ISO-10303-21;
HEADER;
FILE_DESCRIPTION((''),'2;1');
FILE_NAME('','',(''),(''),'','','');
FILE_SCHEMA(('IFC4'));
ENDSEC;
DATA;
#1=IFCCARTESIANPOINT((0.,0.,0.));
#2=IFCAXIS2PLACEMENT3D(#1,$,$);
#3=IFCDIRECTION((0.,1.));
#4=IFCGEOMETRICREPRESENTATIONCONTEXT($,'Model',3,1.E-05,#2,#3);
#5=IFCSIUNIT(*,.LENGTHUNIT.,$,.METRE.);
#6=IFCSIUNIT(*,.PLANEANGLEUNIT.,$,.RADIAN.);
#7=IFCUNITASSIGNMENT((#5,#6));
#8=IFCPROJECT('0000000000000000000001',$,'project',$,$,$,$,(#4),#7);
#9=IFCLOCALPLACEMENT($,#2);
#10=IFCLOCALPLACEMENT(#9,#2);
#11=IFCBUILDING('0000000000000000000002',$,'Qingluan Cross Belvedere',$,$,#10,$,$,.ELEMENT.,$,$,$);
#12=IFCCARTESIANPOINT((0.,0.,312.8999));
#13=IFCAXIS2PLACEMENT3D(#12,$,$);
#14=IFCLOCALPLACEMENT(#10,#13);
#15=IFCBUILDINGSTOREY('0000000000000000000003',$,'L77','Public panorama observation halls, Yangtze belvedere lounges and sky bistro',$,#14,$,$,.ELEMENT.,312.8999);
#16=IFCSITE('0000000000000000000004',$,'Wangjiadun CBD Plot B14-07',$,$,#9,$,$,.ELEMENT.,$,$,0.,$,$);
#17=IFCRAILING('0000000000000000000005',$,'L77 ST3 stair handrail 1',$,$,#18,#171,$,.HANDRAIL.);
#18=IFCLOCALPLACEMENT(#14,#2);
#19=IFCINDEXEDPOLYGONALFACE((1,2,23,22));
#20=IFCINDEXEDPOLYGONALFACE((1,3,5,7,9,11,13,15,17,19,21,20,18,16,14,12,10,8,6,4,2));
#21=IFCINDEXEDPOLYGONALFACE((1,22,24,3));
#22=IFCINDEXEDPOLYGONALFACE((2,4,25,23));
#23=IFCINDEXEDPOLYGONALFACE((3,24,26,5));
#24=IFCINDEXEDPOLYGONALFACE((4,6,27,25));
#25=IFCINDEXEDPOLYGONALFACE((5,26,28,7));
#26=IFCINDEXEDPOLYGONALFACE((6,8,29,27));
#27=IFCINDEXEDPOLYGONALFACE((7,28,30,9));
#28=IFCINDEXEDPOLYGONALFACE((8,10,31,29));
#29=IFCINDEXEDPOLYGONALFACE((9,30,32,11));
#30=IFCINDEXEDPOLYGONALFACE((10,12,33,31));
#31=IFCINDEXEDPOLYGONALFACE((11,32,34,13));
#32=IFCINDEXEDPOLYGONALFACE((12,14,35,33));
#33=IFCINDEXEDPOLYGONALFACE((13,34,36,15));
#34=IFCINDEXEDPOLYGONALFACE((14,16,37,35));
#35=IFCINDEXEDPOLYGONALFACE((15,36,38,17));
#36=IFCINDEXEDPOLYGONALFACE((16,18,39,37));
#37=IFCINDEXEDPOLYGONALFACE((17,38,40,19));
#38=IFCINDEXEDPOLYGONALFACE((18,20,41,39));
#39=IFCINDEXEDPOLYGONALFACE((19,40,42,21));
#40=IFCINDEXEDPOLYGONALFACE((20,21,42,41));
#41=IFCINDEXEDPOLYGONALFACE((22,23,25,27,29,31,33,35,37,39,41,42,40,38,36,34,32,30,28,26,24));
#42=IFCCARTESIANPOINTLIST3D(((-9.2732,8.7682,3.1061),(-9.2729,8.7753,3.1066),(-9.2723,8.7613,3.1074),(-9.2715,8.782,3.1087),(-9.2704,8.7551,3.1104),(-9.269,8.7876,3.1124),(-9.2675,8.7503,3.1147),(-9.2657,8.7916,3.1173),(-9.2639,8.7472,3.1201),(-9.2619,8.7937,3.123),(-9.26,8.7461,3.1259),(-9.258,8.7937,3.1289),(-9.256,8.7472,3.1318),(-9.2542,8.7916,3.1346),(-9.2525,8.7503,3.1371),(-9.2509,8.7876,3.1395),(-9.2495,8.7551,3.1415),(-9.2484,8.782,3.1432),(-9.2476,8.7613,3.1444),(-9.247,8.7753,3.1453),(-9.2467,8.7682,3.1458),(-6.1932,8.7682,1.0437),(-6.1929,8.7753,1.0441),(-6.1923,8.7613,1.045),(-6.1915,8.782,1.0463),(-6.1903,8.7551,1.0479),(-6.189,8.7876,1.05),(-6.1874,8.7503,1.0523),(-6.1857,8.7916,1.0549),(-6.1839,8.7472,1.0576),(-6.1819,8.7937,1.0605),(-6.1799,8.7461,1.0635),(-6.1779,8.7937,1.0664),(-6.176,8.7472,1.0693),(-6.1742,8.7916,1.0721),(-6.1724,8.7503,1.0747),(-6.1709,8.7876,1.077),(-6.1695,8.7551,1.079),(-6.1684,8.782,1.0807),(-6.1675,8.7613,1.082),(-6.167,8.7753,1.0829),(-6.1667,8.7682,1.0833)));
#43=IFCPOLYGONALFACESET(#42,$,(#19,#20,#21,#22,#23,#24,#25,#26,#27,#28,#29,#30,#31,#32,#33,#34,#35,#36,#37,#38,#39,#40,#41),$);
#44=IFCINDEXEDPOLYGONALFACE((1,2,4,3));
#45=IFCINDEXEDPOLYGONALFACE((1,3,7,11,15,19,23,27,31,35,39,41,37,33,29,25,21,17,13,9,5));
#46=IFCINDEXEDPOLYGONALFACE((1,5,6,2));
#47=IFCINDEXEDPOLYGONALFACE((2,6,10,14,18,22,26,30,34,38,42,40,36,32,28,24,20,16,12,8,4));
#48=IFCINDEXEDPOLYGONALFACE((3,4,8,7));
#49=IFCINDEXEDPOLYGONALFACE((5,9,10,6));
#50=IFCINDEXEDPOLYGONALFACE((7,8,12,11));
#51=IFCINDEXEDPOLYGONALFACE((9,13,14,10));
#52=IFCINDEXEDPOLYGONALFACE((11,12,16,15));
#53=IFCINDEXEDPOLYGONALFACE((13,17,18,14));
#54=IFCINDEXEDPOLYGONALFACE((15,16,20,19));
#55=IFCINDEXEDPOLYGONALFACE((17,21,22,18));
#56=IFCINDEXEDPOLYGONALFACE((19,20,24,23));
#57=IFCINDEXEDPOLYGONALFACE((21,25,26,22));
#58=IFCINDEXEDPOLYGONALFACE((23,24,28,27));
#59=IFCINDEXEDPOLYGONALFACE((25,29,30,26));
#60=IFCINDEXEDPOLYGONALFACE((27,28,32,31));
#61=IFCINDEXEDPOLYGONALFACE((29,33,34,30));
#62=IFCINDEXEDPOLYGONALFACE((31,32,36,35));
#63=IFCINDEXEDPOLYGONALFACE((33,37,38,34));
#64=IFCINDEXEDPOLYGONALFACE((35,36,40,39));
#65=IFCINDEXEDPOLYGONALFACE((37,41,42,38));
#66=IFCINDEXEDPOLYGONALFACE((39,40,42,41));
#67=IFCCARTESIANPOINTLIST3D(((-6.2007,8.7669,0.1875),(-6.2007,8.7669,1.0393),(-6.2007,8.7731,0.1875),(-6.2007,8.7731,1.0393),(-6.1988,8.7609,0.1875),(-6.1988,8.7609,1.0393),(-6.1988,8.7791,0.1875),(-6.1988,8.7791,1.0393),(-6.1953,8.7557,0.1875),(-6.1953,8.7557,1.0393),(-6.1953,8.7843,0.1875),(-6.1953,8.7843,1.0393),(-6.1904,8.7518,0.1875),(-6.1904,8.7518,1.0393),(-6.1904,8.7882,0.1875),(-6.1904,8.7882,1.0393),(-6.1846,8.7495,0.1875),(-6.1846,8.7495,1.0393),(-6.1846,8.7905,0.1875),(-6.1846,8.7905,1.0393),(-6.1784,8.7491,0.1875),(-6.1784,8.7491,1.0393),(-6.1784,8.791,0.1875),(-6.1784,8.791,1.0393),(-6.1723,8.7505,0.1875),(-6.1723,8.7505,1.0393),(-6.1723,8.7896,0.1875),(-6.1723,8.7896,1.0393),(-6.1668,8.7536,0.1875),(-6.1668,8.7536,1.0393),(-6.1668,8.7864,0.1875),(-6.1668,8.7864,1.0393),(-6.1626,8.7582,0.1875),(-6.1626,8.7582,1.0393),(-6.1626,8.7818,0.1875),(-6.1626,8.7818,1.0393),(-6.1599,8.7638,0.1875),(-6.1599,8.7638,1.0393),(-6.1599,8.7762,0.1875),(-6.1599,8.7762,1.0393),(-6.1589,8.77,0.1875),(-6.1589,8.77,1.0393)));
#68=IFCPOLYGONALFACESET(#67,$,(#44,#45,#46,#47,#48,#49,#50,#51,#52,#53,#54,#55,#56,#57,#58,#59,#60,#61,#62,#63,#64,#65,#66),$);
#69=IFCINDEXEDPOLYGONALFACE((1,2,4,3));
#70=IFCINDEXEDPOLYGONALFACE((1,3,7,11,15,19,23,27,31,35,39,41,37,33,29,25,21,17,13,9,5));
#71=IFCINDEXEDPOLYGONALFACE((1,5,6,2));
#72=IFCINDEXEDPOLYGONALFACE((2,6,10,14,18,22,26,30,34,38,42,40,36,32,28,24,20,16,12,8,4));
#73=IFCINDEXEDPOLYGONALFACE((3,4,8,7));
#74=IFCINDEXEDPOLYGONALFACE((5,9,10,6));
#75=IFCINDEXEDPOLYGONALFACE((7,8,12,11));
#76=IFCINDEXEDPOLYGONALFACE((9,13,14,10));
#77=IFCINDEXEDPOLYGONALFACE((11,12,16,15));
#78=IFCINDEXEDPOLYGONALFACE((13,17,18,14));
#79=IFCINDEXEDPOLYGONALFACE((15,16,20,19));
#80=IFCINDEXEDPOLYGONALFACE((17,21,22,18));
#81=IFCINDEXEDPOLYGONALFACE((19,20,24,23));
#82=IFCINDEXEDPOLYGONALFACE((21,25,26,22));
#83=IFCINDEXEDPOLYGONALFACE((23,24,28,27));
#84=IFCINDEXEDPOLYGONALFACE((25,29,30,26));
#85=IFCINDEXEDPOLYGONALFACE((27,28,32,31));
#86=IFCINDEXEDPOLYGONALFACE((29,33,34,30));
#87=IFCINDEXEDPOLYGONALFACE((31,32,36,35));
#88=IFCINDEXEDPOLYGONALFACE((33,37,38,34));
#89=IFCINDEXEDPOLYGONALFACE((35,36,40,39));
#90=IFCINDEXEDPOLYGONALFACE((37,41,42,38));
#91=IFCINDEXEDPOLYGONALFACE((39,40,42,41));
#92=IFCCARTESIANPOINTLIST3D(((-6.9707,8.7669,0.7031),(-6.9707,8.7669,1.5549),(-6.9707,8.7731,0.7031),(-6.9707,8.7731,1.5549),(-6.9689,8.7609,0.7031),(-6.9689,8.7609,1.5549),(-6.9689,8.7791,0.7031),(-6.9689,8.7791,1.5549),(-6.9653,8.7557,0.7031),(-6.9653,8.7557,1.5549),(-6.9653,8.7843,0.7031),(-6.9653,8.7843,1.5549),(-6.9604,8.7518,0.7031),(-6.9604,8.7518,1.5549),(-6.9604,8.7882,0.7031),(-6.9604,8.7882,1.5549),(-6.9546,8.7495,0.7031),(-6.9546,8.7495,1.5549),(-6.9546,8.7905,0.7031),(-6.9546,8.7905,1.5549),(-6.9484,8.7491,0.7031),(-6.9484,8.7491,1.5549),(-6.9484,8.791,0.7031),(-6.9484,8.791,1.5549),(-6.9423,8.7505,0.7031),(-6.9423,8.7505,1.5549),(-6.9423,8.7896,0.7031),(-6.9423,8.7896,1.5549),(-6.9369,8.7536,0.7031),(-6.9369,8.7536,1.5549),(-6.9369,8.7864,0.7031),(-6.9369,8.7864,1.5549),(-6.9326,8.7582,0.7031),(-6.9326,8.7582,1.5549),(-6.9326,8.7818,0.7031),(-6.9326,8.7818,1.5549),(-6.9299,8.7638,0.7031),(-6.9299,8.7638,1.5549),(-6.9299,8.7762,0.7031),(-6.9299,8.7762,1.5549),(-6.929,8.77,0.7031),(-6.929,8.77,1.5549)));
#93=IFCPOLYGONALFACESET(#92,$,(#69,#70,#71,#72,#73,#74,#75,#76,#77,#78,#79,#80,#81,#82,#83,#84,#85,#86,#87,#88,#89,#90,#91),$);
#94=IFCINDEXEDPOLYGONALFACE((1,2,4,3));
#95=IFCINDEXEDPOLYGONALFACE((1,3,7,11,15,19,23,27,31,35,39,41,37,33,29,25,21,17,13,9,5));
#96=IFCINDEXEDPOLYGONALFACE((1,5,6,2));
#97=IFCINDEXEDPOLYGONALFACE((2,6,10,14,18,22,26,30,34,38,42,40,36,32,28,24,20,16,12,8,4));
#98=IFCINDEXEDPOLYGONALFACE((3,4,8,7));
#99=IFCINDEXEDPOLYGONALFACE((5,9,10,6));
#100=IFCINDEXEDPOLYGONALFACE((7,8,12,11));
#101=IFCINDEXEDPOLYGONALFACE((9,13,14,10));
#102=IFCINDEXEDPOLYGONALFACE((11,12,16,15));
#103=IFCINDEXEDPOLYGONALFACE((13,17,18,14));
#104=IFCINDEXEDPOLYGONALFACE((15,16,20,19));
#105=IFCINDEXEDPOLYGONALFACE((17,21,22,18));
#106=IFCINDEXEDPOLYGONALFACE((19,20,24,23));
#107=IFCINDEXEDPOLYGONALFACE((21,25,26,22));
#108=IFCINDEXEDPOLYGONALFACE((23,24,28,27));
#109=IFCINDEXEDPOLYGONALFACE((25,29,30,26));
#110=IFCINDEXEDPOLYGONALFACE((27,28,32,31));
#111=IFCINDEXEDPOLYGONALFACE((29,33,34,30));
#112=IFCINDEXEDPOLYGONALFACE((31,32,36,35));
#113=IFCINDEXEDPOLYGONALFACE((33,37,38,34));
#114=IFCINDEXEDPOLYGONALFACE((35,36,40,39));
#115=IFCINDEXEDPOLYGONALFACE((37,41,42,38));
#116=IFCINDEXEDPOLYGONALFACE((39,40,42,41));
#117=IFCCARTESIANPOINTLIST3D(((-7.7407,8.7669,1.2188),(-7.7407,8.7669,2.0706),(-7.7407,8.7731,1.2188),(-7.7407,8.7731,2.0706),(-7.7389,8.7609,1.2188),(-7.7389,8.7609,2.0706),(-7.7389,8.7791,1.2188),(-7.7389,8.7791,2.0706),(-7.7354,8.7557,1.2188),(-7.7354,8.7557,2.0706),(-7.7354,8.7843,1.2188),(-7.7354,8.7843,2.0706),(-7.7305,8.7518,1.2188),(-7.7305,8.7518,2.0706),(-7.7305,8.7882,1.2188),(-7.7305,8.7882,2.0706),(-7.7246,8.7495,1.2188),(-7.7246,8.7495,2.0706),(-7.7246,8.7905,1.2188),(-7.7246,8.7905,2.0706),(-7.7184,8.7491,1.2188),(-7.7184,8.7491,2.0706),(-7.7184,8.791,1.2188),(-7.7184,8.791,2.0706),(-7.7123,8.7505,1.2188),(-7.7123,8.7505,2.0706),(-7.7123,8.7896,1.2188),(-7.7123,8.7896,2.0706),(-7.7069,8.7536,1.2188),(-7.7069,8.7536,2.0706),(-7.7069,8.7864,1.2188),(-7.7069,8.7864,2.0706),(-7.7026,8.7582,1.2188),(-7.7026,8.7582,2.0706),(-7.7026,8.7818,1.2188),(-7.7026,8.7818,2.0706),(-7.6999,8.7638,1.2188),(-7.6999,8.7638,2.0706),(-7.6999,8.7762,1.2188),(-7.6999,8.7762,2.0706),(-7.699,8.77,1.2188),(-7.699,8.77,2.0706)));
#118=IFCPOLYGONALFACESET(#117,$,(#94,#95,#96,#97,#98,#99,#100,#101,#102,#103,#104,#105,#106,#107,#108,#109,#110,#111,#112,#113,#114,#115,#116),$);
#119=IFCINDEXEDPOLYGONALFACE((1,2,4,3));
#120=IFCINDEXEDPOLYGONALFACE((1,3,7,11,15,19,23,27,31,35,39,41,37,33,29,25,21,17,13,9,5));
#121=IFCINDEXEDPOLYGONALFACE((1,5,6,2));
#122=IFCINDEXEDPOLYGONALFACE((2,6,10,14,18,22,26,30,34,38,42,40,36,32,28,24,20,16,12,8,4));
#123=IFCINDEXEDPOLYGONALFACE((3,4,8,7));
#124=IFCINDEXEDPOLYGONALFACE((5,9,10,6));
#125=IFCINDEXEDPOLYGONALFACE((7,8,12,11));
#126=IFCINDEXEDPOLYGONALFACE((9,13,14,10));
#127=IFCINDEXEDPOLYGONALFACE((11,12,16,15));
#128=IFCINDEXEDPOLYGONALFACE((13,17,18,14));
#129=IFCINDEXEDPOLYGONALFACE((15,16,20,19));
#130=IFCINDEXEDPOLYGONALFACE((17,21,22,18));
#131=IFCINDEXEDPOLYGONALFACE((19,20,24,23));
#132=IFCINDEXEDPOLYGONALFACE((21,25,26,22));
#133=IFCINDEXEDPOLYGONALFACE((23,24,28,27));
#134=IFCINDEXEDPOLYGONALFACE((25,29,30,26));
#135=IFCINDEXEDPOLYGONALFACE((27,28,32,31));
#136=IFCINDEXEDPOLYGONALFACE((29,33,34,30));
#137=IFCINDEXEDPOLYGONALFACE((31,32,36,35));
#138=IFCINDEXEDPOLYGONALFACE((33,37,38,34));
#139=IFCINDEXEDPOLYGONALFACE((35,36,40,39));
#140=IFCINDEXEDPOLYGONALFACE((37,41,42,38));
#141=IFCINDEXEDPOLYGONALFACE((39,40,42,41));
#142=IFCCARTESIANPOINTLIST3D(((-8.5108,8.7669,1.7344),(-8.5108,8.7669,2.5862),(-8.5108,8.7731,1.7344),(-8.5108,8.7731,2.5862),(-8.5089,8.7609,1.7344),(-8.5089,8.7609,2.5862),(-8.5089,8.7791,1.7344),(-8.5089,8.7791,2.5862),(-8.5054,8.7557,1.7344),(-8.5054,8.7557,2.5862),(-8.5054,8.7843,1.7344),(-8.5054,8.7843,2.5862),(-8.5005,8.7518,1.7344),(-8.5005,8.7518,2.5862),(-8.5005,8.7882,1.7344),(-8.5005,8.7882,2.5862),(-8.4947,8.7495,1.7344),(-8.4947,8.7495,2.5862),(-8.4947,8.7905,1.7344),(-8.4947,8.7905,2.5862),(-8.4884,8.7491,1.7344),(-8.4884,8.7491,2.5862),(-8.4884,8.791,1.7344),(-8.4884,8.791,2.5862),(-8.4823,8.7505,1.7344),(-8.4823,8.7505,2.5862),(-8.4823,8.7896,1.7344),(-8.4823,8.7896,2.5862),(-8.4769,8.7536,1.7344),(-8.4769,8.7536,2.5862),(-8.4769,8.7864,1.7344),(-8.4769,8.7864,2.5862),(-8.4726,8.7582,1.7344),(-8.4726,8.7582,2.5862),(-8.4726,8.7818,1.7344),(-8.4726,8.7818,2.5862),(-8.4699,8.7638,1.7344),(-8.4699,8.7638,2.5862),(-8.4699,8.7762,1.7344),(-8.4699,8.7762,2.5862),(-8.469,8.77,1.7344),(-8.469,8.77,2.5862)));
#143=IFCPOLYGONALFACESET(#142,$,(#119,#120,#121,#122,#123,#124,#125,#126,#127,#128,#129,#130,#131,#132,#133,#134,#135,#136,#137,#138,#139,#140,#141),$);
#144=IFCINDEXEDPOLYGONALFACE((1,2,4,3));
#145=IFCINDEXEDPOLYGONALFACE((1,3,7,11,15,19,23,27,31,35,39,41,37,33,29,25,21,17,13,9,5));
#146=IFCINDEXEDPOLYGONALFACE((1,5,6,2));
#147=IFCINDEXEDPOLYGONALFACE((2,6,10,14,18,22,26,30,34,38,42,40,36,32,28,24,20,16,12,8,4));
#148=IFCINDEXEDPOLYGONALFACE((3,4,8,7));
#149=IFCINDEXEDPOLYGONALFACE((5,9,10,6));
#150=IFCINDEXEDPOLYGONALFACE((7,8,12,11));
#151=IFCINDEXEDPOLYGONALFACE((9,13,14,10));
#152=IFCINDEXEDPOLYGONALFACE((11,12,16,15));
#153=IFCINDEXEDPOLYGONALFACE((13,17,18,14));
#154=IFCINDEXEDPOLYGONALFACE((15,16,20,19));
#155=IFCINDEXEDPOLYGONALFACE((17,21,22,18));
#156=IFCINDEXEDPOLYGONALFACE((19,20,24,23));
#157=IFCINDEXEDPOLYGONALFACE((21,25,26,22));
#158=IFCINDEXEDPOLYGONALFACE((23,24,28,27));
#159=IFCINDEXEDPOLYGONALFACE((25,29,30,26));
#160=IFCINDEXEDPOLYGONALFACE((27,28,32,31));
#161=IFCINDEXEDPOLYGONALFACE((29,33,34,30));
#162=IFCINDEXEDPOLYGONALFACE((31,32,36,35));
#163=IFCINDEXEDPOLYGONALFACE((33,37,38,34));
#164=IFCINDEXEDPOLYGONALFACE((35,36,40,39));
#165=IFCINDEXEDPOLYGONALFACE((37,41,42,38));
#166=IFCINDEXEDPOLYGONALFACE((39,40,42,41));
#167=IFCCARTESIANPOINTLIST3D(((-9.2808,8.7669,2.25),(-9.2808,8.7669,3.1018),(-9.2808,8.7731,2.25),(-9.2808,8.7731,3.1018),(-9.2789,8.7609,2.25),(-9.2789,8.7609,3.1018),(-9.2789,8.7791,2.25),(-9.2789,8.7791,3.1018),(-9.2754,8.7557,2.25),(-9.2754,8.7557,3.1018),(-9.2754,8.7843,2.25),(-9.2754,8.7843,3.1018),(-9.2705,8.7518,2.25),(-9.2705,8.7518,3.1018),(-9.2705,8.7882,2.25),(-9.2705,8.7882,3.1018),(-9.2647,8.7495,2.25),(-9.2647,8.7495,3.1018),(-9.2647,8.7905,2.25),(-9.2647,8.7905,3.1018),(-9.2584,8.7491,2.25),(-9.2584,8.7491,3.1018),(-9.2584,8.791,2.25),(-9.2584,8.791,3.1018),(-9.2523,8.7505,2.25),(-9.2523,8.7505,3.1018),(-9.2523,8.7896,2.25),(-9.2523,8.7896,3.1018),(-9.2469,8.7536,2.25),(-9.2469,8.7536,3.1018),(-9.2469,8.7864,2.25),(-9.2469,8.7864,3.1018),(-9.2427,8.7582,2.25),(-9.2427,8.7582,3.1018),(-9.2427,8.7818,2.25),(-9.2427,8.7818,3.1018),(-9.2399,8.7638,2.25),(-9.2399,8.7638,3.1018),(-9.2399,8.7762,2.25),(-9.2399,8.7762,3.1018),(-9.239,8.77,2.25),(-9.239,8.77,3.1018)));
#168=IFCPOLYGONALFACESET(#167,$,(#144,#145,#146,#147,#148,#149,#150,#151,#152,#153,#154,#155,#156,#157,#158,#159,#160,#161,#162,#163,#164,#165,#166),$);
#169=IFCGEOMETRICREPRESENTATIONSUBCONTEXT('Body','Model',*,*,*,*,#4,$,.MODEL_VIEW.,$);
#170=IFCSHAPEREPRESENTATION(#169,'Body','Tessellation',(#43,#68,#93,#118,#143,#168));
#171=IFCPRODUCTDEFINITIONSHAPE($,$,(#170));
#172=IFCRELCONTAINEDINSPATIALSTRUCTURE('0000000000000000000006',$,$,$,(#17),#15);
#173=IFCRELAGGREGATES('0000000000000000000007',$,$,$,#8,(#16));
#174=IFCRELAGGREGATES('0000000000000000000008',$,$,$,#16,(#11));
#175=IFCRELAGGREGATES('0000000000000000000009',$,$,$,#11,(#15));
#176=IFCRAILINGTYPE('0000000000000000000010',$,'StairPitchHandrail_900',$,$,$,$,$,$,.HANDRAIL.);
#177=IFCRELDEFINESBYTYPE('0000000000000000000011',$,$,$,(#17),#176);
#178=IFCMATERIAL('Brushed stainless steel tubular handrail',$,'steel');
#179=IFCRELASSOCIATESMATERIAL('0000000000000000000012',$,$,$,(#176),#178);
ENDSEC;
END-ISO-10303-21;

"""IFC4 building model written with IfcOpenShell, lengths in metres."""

from ifc_helpers import new_model, si_unit, direction, frame, origin, origin_2d, place, context, subcontext, project, spatial, circle, extrude, material, type_object, element, save


model = new_model("IFC4")

# Units and contexts
model_context = context("Model", 3, precision=1e-05, world=origin(), true_north=direction((0.0, 1.0)))
body_context = subcontext(model_context, "Body", "Model", "MODEL_VIEW")
ifc_project = project(units=[si_unit("LENGTHUNIT", "METRE"), si_unit("PLANEANGLEUNIT", "RADIAN")], contexts=[model_context])

# Site, building, storey
site_placement = place(None, origin())
site = spatial("IfcSite", under=ifc_project, at=site_placement, Name="Wangjiadun CBD Plot B14-07", CompositionType="ELEMENT", RefElevation=0.0)
building_placement = place(site_placement, origin())
building = spatial("IfcBuilding", under=site, at=building_placement, Name="Qingluan Cross Belvedere", CompositionType="ELEMENT")
storey_placement = place(building_placement, frame((0.0, 0.0, 312.8999)))
storey = spatial("IfcBuildingStorey", under=building, at=storey_placement, Name="L77", Description="Public panorama observation halls, Yangtze belvedere lounges and sky bistro", CompositionType="ELEMENT", Elevation=312.8999)

# Railing
ifc_material_1 = material(Name="Brushed stainless steel tubular handrail", Category="steel")
railing_type_1 = type_object("IfcRailingType", Name="StairPitchHandrail_900", PredefinedType="HANDRAIL", material=ifc_material_1)
railing_1_placement = place(storey_placement, frame((-6.1799, 8.77, 0.1875)))
element("IfcRailing", 1, at=railing_1_placement, inside=storey, type_object=railing_type_1, Name="L77 ST3 stair handrail 1", PredefinedType="HANDRAIL", context=body_context, shape_type="SweptSolid", body=[
    extrude(circle(Radius=0.0239, at=origin_2d()), frame((0.0, 0.0, 0.876), z_axis=(-0.830914, 0.0, 0.556401), x_axis=(0.0, -1.0, 0.0)), (0.0, 0.0, 1.0), 3.7068),
    extrude(circle(Radius=0.021, at=origin_2d()), origin(), (0.0, 0.0, 1.0), 0.8518),
    extrude(circle(Radius=0.021, at=origin_2d()), frame((-0.77, 0.0, 0.5156)), (0.0, 0.0, 1.0), 0.8518),
    extrude(circle(Radius=0.021, at=origin_2d()), frame((-1.54, 0.0, 1.0312)), (0.0, 0.0, 1.0), 0.8518),
    extrude(circle(Radius=0.021, at=origin_2d()), frame((-2.3101, 0.0, 1.5469)), (0.0, 0.0, 1.0), 0.8518),
    extrude(circle(Radius=0.021, at=origin_2d()), frame((-3.0801, 0.0, 2.0625)), (0.0, 0.0, 1.0), 0.8518),
])

save(model, "model.ifc")
